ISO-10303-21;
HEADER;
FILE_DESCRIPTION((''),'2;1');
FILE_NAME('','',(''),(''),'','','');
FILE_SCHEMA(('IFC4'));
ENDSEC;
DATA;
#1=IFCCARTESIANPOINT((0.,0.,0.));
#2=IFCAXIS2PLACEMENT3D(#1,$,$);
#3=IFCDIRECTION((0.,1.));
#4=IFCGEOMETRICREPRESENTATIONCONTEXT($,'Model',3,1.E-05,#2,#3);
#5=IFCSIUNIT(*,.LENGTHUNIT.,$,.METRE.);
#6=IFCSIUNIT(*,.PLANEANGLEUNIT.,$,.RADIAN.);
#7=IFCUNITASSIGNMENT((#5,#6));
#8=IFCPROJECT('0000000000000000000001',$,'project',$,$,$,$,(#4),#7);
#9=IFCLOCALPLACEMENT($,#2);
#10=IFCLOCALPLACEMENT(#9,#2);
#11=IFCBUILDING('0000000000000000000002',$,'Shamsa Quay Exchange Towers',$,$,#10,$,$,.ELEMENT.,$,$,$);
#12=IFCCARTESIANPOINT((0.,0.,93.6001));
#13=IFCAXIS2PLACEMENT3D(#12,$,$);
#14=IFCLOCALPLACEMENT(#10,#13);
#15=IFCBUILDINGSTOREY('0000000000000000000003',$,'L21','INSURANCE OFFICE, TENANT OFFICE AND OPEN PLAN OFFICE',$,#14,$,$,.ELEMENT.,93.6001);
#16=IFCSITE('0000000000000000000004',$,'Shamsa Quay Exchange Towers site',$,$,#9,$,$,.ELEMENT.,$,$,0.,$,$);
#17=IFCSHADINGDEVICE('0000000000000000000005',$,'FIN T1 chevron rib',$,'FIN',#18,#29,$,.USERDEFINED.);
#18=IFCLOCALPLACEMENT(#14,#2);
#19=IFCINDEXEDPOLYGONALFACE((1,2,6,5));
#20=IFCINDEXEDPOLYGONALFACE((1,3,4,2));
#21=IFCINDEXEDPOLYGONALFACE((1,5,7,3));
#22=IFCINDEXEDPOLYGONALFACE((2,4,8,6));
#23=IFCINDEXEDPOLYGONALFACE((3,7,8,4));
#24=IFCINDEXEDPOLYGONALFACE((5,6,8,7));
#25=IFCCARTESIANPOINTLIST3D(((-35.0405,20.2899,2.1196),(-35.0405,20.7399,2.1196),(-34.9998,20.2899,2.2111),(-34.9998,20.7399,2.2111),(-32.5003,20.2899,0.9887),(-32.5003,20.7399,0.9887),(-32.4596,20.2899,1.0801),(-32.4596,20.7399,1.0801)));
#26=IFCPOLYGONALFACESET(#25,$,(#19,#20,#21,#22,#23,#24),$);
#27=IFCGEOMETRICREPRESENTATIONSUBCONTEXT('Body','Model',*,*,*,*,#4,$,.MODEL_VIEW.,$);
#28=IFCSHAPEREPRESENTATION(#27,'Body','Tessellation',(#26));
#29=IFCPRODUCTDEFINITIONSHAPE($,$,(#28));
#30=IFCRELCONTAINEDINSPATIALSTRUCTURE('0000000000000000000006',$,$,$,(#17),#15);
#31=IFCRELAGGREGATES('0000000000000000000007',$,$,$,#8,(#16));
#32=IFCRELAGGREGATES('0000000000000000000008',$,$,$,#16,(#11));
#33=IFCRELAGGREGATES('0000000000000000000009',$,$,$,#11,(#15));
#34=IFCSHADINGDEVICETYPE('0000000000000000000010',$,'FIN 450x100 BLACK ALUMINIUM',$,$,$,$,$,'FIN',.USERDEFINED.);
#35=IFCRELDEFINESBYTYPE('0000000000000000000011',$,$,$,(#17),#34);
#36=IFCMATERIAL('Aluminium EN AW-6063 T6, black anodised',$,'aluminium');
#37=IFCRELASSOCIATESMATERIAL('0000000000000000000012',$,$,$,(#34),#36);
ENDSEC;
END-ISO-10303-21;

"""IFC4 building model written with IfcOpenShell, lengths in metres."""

from ifc_helpers import new_model, si_unit, direction, frame, origin, origin_2d, place, context, subcontext, project, spatial, rectangle, extrude, material, material_profile, profile_set, type_object, element, save


model = new_model("IFC4")

# Units and contexts
model_context = context("Model", 3, precision=1e-05, world=origin(), true_north=direction((0.0, 1.0)))
body_context = subcontext(model_context, "Body", "Model", "MODEL_VIEW")
ifc_project = project(units=[si_unit("LENGTHUNIT", "METRE"), si_unit("PLANEANGLEUNIT", "RADIAN")], contexts=[model_context])

# Site, building, storey
site_placement = place(None, origin())
site = spatial("IfcSite", under=ifc_project, at=site_placement, Name="Shamsa Quay Exchange Towers site", CompositionType="ELEMENT", RefElevation=0.0)
building_placement = place(site_placement, origin())
building = spatial("IfcBuilding", under=site, at=building_placement, Name="Shamsa Quay Exchange Towers", CompositionType="ELEMENT")
storey_placement = place(building_placement, frame((0.0, 0.0, 93.6001)))
storey = spatial("IfcBuildingStorey", under=building, at=storey_placement, Name="L21", Description="INSURANCE OFFICE, TENANT OFFICE AND OPEN PLAN OFFICE", CompositionType="ELEMENT", Elevation=93.6001)

# Shared definitions
ifc_material_1 = material(Name="Aluminium EN AW-6063 T6, black anodised", Category="aluminium")

# Shading device
ifc_material_profile_1 = material_profile(ifc_material_1, rectangle(XDim=0.45, YDim=0.1001, at=origin_2d()), Name="FIN450x100")
ifc_profile_set_1 = profile_set([ifc_material_profile_1], Name="Aluminium EN AW-6063 T6, black anodised")
shading_device_type = type_object("IfcShadingDeviceType", Name="FIN 450x100 BLACK ALUMINIUM", ElementType="FIN", PredefinedType="USERDEFINED", material=ifc_profile_set_1)
shading_device_1_placement = place(storey_placement, frame((-32.48, 20.5149, 1.0344), z_axis=(-0.913551, 0.0, 0.406725), x_axis=(0.0, -1.0, 0.0)))
element("IfcShadingDevice", 1, at=shading_device_1_placement, inside=storey, type_object=shading_device_type, Name="FIN T1 chevron rib", ObjectType="FIN", PredefinedType="USERDEFINED", context=body_context, shape_type="SweptSolid", body=[
    extrude(rectangle(XDim=0.45, YDim=0.1001, at=origin_2d()), origin(), (0.0, 0.0, 1.0), 2.7805),
])

save(model, "model.ifc")
